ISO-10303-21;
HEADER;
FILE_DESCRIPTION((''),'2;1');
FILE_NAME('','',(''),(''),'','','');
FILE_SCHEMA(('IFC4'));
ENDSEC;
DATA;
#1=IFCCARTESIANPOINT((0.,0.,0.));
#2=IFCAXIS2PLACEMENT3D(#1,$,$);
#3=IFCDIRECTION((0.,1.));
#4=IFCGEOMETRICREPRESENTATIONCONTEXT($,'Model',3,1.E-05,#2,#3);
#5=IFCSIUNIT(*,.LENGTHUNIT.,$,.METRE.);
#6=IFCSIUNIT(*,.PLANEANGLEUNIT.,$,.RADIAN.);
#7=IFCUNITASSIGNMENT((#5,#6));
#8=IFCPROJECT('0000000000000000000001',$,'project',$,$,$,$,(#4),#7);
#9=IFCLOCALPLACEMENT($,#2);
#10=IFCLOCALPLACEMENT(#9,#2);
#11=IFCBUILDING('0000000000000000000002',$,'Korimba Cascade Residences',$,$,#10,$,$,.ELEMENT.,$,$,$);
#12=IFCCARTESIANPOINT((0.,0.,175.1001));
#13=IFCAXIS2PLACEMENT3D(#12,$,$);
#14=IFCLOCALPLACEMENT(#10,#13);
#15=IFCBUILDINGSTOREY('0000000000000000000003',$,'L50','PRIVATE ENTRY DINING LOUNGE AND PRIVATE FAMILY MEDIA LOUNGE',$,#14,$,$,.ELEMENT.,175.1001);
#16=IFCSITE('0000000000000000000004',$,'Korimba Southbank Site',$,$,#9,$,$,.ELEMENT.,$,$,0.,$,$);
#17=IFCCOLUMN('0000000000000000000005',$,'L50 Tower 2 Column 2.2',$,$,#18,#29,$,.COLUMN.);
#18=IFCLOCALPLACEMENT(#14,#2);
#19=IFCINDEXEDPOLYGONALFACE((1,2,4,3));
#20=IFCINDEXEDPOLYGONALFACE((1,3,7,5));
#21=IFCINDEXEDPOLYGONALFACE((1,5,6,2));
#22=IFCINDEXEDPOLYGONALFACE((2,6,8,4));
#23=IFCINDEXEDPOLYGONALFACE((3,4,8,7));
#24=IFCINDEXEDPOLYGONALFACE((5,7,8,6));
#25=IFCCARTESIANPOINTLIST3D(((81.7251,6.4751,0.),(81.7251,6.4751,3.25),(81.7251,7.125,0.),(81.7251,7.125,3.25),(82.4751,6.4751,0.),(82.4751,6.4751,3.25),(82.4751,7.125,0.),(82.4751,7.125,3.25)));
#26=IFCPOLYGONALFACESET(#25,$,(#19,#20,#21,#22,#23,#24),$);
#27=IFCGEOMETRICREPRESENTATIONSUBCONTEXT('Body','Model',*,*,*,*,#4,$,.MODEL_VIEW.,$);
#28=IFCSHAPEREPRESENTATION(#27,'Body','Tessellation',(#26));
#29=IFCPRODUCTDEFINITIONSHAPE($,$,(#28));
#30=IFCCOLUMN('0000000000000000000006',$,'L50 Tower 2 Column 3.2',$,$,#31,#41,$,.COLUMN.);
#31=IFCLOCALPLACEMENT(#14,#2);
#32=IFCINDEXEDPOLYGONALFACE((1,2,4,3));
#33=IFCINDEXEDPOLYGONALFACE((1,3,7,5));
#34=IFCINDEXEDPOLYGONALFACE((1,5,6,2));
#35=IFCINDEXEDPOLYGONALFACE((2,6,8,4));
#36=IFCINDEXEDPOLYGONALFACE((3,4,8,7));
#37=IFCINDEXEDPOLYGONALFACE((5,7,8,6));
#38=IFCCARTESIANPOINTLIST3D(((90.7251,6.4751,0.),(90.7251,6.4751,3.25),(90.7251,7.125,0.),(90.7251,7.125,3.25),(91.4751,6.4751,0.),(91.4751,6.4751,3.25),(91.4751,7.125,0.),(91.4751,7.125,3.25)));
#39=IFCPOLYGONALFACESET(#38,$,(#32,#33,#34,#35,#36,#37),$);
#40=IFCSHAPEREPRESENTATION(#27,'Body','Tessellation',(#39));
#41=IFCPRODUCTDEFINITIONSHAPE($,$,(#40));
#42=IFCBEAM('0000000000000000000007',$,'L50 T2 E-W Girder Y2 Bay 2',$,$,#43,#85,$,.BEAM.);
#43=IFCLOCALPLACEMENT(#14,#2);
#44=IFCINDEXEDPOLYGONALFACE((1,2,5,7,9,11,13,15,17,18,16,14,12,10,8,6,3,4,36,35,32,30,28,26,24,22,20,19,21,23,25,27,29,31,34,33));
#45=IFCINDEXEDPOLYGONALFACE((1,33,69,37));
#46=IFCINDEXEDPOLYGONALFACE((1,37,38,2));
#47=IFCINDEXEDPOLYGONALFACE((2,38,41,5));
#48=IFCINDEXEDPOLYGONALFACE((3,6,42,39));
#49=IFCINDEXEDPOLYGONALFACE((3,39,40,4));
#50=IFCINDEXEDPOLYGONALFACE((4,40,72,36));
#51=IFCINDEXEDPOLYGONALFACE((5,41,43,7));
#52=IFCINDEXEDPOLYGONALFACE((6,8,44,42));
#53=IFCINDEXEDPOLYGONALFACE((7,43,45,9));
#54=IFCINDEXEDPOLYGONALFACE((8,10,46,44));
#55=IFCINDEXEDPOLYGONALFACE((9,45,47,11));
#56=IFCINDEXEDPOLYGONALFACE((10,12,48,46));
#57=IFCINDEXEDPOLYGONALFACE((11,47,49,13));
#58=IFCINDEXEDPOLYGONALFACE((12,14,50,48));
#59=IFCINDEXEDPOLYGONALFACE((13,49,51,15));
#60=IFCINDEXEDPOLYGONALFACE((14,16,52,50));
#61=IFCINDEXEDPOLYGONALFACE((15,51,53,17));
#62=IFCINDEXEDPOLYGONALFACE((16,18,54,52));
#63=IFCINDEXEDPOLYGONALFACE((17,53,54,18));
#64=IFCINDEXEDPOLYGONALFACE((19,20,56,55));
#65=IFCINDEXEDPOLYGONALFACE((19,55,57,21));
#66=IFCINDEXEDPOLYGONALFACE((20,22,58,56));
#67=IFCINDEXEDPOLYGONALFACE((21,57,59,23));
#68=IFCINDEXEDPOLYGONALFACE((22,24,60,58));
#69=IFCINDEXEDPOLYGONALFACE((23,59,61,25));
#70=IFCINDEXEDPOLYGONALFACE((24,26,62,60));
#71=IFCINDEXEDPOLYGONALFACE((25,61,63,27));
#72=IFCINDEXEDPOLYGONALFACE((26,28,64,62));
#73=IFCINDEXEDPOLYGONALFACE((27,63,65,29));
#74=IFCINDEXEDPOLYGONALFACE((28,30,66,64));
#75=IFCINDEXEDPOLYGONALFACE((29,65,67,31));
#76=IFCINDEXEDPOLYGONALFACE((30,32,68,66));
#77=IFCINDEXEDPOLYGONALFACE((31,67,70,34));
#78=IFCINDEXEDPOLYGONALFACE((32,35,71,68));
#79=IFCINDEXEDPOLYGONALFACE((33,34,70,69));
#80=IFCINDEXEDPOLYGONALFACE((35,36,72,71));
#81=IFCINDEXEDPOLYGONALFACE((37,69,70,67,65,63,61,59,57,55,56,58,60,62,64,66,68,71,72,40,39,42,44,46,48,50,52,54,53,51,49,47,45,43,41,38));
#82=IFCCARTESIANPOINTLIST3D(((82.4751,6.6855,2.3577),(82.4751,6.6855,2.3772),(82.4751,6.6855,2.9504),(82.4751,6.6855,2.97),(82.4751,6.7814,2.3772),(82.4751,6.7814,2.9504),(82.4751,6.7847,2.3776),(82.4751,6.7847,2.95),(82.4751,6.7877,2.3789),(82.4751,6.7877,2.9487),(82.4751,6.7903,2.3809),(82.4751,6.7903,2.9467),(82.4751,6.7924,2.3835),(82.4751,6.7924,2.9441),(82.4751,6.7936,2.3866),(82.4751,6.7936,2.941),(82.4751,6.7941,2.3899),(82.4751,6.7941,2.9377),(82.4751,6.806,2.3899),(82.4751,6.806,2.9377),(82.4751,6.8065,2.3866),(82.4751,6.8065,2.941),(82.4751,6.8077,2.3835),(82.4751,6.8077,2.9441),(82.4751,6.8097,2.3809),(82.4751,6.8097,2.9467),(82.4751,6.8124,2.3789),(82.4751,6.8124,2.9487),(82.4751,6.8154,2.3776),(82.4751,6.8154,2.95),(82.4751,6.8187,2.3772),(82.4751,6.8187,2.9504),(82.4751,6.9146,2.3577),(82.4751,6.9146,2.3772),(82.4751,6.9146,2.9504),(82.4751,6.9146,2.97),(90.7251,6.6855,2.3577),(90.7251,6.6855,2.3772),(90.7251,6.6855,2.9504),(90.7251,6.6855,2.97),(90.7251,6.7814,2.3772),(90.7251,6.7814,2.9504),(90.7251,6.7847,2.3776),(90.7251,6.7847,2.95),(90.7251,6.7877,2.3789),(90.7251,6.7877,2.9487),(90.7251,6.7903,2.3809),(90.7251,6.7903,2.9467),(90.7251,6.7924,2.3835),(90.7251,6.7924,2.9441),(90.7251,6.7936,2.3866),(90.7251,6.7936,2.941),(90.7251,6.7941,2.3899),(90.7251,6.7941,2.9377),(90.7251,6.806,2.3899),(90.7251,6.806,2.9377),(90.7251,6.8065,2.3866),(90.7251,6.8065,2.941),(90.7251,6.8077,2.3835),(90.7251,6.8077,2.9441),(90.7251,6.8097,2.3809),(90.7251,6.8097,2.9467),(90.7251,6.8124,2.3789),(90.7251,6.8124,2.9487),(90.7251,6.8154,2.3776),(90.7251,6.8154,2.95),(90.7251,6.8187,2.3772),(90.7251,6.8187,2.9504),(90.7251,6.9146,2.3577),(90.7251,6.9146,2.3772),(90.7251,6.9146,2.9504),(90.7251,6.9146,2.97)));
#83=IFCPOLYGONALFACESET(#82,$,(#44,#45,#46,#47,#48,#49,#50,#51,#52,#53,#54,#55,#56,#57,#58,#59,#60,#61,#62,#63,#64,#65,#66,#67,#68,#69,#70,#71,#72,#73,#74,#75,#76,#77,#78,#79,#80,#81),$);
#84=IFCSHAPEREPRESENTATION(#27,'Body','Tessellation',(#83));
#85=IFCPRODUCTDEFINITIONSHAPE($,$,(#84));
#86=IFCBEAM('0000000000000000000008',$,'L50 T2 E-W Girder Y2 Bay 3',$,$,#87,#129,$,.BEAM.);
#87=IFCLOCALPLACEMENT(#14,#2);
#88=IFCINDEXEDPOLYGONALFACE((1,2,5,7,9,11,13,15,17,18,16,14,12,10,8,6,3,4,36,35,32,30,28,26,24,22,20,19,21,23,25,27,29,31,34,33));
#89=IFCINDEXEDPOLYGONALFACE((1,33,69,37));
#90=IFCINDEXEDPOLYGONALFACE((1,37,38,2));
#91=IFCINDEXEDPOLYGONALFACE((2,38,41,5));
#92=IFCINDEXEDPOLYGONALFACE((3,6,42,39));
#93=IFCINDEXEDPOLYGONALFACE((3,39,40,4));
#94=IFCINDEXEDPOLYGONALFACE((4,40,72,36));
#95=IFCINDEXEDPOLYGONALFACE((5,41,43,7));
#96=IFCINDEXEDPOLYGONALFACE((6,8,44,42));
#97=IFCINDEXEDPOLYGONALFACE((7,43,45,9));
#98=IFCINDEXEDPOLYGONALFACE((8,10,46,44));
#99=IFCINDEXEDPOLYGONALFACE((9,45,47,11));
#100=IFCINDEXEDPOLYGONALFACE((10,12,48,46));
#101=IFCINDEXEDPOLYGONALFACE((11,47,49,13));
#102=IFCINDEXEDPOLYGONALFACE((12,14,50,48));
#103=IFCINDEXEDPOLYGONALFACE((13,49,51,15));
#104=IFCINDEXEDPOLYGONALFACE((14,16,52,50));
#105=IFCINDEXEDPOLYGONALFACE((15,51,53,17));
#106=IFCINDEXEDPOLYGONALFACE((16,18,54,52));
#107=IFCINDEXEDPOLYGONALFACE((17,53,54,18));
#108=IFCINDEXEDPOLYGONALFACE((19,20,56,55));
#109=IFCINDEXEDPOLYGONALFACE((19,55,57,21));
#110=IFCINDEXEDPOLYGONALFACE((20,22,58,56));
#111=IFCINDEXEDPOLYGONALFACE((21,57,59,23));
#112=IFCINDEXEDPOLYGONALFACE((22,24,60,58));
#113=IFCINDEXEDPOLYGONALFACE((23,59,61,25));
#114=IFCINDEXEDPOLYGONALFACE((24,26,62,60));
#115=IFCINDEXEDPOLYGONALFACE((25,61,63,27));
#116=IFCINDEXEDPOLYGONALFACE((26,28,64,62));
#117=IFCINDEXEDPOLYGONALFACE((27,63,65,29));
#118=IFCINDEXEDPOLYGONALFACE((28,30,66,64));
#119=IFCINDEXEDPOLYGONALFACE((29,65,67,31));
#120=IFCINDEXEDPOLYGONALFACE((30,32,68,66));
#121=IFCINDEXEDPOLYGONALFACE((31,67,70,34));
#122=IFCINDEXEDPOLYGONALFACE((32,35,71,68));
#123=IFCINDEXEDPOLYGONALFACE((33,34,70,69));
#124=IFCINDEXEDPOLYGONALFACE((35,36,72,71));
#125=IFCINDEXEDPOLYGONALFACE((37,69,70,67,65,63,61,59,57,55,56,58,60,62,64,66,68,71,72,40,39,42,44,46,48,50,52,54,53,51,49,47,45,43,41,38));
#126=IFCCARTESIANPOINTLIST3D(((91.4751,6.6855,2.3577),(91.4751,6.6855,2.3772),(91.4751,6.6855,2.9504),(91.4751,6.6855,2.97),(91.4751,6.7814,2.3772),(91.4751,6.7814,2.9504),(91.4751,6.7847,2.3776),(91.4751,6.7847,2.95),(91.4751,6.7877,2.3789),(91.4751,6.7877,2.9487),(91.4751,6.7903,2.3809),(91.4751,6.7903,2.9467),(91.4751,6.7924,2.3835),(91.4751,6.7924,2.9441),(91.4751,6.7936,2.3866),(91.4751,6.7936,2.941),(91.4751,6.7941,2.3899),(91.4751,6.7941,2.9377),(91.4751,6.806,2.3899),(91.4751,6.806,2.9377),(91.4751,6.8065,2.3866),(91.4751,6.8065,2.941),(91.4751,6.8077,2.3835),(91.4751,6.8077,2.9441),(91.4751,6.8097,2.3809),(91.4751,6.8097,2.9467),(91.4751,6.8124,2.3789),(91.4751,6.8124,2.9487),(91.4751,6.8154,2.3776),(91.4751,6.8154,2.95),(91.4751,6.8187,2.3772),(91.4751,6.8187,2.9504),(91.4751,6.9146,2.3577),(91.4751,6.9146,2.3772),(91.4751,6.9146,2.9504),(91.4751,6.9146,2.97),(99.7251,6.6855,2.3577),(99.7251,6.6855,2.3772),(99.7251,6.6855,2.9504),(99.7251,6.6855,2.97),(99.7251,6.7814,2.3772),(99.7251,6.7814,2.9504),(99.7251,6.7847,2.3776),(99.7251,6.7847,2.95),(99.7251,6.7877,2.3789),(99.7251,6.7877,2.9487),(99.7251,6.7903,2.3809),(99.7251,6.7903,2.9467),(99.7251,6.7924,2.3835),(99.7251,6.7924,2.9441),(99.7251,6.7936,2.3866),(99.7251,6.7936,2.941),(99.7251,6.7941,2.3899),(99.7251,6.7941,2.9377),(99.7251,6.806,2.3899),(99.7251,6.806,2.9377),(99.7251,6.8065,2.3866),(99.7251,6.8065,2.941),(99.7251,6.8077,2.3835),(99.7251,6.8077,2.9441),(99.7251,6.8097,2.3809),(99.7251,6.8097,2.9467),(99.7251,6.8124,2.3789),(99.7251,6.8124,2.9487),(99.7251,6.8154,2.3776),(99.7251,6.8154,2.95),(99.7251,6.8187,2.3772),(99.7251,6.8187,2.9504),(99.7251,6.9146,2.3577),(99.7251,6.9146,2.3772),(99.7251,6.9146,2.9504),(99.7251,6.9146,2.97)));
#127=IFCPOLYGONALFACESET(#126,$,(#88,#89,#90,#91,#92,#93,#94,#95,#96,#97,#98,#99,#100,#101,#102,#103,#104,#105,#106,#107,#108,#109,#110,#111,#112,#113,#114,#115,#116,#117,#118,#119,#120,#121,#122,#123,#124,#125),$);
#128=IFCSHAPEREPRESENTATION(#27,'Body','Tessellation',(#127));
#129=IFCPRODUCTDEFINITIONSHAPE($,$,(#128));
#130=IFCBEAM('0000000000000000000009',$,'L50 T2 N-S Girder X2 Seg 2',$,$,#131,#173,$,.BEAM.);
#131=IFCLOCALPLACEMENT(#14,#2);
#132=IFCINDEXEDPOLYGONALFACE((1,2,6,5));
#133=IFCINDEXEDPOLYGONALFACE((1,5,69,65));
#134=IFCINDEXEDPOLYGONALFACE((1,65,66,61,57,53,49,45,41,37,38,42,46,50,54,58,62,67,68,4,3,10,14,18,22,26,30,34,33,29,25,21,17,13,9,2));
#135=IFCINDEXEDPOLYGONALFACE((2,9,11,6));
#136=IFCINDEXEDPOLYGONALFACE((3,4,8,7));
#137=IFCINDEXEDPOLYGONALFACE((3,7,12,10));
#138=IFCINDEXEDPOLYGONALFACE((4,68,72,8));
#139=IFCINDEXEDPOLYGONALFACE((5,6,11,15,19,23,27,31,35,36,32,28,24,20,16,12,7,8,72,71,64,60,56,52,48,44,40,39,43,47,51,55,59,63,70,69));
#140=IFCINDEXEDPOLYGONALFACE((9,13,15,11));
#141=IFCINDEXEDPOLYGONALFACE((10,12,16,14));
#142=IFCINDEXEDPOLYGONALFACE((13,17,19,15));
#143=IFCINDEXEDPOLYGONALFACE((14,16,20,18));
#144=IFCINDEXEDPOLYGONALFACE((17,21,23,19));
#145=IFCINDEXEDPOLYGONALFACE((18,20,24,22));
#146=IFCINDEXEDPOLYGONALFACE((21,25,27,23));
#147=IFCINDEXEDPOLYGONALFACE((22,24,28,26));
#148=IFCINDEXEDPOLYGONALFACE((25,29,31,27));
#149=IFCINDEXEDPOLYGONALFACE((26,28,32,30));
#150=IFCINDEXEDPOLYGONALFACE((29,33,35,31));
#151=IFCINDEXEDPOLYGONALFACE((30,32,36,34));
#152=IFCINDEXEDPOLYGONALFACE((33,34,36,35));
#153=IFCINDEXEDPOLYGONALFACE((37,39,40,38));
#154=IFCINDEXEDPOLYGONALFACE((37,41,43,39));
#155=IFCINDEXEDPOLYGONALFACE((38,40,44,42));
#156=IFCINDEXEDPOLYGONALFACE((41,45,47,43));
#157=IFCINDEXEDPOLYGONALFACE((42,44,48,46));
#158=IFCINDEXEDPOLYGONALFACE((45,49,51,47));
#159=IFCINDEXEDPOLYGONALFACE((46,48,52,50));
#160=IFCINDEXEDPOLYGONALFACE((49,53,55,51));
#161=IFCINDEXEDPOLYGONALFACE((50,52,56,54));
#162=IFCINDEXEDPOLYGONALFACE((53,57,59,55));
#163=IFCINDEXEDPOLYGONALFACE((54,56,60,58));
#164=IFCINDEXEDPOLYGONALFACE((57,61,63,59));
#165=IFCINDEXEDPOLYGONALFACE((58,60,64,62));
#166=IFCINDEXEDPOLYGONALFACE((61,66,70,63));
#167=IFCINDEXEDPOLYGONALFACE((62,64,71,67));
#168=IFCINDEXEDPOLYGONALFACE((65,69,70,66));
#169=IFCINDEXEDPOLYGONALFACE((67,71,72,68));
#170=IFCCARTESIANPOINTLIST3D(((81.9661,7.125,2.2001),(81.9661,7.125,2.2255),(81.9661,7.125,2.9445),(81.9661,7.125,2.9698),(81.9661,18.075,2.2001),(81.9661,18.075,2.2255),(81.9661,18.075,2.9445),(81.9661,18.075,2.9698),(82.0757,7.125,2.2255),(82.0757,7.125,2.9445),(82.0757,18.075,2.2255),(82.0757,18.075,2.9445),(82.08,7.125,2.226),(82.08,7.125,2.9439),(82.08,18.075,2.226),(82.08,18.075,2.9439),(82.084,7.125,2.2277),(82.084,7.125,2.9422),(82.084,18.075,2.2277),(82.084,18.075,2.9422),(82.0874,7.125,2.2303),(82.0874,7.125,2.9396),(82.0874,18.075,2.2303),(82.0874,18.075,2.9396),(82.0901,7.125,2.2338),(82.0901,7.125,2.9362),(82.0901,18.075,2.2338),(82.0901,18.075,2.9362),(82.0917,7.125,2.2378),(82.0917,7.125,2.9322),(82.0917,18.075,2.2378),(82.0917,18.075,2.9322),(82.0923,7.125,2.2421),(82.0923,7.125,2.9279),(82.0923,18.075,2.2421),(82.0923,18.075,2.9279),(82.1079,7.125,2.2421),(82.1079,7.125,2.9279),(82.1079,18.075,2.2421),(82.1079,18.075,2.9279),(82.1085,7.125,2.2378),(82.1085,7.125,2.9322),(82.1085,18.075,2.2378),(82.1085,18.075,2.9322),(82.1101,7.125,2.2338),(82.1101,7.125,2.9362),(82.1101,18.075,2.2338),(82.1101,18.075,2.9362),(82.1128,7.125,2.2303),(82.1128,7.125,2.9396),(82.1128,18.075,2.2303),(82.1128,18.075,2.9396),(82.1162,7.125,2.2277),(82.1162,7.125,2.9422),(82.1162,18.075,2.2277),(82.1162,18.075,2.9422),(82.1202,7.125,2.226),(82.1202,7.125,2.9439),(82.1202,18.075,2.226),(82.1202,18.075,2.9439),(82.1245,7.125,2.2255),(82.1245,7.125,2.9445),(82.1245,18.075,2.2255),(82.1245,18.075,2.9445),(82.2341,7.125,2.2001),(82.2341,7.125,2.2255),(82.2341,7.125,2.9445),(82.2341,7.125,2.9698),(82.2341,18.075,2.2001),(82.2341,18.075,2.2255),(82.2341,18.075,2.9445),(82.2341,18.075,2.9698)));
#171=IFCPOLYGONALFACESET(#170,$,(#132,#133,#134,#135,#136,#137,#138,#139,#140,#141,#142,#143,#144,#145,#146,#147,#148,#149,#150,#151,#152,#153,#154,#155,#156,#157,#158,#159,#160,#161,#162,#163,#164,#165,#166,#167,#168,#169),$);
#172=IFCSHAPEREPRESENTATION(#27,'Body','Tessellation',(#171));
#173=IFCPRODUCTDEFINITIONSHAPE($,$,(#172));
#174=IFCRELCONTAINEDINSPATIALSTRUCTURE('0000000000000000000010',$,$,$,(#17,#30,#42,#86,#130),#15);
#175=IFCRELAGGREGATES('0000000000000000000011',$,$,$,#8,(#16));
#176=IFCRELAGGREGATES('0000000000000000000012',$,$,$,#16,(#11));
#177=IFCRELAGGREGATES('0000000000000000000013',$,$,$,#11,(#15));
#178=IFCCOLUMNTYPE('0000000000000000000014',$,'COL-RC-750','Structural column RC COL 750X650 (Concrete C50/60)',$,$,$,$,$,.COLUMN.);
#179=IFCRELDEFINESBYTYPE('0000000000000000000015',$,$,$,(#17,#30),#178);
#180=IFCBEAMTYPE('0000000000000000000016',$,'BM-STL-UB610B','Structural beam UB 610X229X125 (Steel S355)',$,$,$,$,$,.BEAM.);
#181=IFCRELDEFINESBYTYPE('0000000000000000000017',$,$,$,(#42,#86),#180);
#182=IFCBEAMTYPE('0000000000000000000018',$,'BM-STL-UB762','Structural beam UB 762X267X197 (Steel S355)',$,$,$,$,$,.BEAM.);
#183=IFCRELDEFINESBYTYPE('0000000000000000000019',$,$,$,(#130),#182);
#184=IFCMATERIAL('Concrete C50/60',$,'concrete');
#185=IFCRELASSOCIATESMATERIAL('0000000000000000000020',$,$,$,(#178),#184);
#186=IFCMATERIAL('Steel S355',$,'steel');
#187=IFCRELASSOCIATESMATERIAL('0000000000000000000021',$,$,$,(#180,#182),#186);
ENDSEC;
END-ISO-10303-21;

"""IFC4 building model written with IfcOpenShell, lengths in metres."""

from ifc_helpers import new_model, si_unit, direction, frame, origin, origin_2d, place, context, subcontext, project, spatial, rectangle, i_section, extrude, material, material_profile, profile_set, type_object, element, save


model = new_model("IFC4")

# Units and contexts
model_context = context("Model", 3, precision=1e-05, world=origin(), true_north=direction((0.0, 1.0)))
body_context = subcontext(model_context, "Body", "Model", "MODEL_VIEW")
ifc_project = project(units=[si_unit("LENGTHUNIT", "METRE"), si_unit("PLANEANGLEUNIT", "RADIAN")], contexts=[model_context])

# Site, building, storey
site_placement = place(None, origin())
site = spatial("IfcSite", under=ifc_project, at=site_placement, Name="Korimba Southbank Site", CompositionType="ELEMENT", RefElevation=0.0)
building_placement = place(site_placement, origin())
building = spatial("IfcBuilding", under=site, at=building_placement, Name="Korimba Cascade Residences", CompositionType="ELEMENT")
storey_placement = place(building_placement, frame((0.0, 0.0, 175.1001)))
storey = spatial("IfcBuildingStorey", under=building, at=storey_placement, Name="L50", Description="PRIVATE ENTRY DINING LOUNGE AND PRIVATE FAMILY MEDIA LOUNGE", CompositionType="ELEMENT", Elevation=175.1001)

# Columns
ifc_material_1 = material(Name="Concrete C50/60", Category="concrete")
ifc_material_profile_1 = material_profile(ifc_material_1, rectangle(XDim=0.75, YDim=0.6499, at=origin_2d()), Name="Concrete C50/60")
ifc_profile_set_1 = profile_set([ifc_material_profile_1], Name="Concrete C50/60")
column_type = type_object("IfcColumnType", Name="COL-RC-750", Description="Structural column RC COL 750X650 (Concrete C50/60)", PredefinedType="COLUMN", material=ifc_profile_set_1)
for number, where, z_axis, x_axis, name in (
    (1, (82.1001, 6.8, 0.0), (0.0, 0.0, 1.0), (1.0, 0.0, 0.0), "L50 Tower 2 Column 2.2"),
    (2, (91.1001, 6.8, 0.0), (0.0, 0.0, 1.0), (1.0, 0.0, 0.0), "L50 Tower 2 Column 3.2"),
):
    element("IfcColumn", number, at=place(storey_placement, frame(where, z_axis=z_axis, x_axis=x_axis)), inside=storey, type_object=column_type, Name=name, PredefinedType="COLUMN", context=body_context, shape_type="SweptSolid", body=[
        extrude(rectangle(XDim=0.75, YDim=0.6499, at=origin_2d()), origin(), (0.0, 0.0, 1.0), 3.25),
    ])

# Beams
ifc_material_2 = material(Name="Steel S355", Category="steel")
ifc_material_profile_2 = material_profile(ifc_material_2, i_section(OverallWidth=0.229, OverallDepth=0.6123, WebThickness=0.012, FlangeThickness=0.0195, FilletRadius=0.0127, at=origin_2d()), Name="Steel S355")
ifc_profile_set_2 = profile_set([ifc_material_profile_2], Name="Steel S355")
beam_type_1 = type_object("IfcBeamType", Name="BM-STL-UB610B", Description="Structural beam UB 610X229X125 (Steel S355)", PredefinedType="BEAM", material=ifc_profile_set_2)
for number, where, z_axis, x_axis, name in (
    (3, (82.4751, 6.8, 2.6638), (1.0, 0.0, 0.0), (0.0, 1.0, 0.0), "L50 T2 E-W Girder Y2 Bay 2"),
    (4, (91.4751, 6.8, 2.6638), (1.0, 0.0, 0.0), (0.0, 1.0, 0.0), "L50 T2 E-W Girder Y2 Bay 3"),
):
    element("IfcBeam", number, at=place(storey_placement, frame(where, z_axis=z_axis, x_axis=x_axis)), inside=storey, type_object=beam_type_1, Name=name, PredefinedType="BEAM", context=body_context, shape_type="SweptSolid", body=[
        extrude(i_section(OverallWidth=0.229, OverallDepth=0.6123, WebThickness=0.012, FlangeThickness=0.0195, FilletRadius=0.0127, at=origin_2d()), origin(), (0.0, 0.0, 1.0), 8.25),
    ])
ifc_material_profile_3 = material_profile(ifc_material_2, i_section(OverallWidth=0.2681, OverallDepth=0.7698, WebThickness=0.0156, FlangeThickness=0.0254, FilletRadius=0.0166, at=origin_2d()), Name="Steel S355")
ifc_profile_set_3 = profile_set([ifc_material_profile_3], Name="Steel S355")
beam_type_2 = type_object("IfcBeamType", Name="BM-STL-UB762", Description="Structural beam UB 762X267X197 (Steel S355)", PredefinedType="BEAM", material=ifc_profile_set_3)
for number, where, z_axis, x_axis, name in (
    (5, (82.1001, 7.125, 2.585), (0.0, 1.0, 0.0), (-1.0, 0.0, 0.0), "L50 T2 N-S Girder X2 Seg 2"),
):
    element("IfcBeam", number, at=place(storey_placement, frame(where, z_axis=z_axis, x_axis=x_axis)), inside=storey, type_object=beam_type_2, Name=name, PredefinedType="BEAM", context=body_context, shape_type="SweptSolid", body=[
        extrude(i_section(OverallWidth=0.2681, OverallDepth=0.7698, WebThickness=0.0156, FlangeThickness=0.0254, FilletRadius=0.0166, at=origin_2d()), origin(), (0.0, 0.0, 1.0), 10.95),
    ])

save(model, "model.ifc")
